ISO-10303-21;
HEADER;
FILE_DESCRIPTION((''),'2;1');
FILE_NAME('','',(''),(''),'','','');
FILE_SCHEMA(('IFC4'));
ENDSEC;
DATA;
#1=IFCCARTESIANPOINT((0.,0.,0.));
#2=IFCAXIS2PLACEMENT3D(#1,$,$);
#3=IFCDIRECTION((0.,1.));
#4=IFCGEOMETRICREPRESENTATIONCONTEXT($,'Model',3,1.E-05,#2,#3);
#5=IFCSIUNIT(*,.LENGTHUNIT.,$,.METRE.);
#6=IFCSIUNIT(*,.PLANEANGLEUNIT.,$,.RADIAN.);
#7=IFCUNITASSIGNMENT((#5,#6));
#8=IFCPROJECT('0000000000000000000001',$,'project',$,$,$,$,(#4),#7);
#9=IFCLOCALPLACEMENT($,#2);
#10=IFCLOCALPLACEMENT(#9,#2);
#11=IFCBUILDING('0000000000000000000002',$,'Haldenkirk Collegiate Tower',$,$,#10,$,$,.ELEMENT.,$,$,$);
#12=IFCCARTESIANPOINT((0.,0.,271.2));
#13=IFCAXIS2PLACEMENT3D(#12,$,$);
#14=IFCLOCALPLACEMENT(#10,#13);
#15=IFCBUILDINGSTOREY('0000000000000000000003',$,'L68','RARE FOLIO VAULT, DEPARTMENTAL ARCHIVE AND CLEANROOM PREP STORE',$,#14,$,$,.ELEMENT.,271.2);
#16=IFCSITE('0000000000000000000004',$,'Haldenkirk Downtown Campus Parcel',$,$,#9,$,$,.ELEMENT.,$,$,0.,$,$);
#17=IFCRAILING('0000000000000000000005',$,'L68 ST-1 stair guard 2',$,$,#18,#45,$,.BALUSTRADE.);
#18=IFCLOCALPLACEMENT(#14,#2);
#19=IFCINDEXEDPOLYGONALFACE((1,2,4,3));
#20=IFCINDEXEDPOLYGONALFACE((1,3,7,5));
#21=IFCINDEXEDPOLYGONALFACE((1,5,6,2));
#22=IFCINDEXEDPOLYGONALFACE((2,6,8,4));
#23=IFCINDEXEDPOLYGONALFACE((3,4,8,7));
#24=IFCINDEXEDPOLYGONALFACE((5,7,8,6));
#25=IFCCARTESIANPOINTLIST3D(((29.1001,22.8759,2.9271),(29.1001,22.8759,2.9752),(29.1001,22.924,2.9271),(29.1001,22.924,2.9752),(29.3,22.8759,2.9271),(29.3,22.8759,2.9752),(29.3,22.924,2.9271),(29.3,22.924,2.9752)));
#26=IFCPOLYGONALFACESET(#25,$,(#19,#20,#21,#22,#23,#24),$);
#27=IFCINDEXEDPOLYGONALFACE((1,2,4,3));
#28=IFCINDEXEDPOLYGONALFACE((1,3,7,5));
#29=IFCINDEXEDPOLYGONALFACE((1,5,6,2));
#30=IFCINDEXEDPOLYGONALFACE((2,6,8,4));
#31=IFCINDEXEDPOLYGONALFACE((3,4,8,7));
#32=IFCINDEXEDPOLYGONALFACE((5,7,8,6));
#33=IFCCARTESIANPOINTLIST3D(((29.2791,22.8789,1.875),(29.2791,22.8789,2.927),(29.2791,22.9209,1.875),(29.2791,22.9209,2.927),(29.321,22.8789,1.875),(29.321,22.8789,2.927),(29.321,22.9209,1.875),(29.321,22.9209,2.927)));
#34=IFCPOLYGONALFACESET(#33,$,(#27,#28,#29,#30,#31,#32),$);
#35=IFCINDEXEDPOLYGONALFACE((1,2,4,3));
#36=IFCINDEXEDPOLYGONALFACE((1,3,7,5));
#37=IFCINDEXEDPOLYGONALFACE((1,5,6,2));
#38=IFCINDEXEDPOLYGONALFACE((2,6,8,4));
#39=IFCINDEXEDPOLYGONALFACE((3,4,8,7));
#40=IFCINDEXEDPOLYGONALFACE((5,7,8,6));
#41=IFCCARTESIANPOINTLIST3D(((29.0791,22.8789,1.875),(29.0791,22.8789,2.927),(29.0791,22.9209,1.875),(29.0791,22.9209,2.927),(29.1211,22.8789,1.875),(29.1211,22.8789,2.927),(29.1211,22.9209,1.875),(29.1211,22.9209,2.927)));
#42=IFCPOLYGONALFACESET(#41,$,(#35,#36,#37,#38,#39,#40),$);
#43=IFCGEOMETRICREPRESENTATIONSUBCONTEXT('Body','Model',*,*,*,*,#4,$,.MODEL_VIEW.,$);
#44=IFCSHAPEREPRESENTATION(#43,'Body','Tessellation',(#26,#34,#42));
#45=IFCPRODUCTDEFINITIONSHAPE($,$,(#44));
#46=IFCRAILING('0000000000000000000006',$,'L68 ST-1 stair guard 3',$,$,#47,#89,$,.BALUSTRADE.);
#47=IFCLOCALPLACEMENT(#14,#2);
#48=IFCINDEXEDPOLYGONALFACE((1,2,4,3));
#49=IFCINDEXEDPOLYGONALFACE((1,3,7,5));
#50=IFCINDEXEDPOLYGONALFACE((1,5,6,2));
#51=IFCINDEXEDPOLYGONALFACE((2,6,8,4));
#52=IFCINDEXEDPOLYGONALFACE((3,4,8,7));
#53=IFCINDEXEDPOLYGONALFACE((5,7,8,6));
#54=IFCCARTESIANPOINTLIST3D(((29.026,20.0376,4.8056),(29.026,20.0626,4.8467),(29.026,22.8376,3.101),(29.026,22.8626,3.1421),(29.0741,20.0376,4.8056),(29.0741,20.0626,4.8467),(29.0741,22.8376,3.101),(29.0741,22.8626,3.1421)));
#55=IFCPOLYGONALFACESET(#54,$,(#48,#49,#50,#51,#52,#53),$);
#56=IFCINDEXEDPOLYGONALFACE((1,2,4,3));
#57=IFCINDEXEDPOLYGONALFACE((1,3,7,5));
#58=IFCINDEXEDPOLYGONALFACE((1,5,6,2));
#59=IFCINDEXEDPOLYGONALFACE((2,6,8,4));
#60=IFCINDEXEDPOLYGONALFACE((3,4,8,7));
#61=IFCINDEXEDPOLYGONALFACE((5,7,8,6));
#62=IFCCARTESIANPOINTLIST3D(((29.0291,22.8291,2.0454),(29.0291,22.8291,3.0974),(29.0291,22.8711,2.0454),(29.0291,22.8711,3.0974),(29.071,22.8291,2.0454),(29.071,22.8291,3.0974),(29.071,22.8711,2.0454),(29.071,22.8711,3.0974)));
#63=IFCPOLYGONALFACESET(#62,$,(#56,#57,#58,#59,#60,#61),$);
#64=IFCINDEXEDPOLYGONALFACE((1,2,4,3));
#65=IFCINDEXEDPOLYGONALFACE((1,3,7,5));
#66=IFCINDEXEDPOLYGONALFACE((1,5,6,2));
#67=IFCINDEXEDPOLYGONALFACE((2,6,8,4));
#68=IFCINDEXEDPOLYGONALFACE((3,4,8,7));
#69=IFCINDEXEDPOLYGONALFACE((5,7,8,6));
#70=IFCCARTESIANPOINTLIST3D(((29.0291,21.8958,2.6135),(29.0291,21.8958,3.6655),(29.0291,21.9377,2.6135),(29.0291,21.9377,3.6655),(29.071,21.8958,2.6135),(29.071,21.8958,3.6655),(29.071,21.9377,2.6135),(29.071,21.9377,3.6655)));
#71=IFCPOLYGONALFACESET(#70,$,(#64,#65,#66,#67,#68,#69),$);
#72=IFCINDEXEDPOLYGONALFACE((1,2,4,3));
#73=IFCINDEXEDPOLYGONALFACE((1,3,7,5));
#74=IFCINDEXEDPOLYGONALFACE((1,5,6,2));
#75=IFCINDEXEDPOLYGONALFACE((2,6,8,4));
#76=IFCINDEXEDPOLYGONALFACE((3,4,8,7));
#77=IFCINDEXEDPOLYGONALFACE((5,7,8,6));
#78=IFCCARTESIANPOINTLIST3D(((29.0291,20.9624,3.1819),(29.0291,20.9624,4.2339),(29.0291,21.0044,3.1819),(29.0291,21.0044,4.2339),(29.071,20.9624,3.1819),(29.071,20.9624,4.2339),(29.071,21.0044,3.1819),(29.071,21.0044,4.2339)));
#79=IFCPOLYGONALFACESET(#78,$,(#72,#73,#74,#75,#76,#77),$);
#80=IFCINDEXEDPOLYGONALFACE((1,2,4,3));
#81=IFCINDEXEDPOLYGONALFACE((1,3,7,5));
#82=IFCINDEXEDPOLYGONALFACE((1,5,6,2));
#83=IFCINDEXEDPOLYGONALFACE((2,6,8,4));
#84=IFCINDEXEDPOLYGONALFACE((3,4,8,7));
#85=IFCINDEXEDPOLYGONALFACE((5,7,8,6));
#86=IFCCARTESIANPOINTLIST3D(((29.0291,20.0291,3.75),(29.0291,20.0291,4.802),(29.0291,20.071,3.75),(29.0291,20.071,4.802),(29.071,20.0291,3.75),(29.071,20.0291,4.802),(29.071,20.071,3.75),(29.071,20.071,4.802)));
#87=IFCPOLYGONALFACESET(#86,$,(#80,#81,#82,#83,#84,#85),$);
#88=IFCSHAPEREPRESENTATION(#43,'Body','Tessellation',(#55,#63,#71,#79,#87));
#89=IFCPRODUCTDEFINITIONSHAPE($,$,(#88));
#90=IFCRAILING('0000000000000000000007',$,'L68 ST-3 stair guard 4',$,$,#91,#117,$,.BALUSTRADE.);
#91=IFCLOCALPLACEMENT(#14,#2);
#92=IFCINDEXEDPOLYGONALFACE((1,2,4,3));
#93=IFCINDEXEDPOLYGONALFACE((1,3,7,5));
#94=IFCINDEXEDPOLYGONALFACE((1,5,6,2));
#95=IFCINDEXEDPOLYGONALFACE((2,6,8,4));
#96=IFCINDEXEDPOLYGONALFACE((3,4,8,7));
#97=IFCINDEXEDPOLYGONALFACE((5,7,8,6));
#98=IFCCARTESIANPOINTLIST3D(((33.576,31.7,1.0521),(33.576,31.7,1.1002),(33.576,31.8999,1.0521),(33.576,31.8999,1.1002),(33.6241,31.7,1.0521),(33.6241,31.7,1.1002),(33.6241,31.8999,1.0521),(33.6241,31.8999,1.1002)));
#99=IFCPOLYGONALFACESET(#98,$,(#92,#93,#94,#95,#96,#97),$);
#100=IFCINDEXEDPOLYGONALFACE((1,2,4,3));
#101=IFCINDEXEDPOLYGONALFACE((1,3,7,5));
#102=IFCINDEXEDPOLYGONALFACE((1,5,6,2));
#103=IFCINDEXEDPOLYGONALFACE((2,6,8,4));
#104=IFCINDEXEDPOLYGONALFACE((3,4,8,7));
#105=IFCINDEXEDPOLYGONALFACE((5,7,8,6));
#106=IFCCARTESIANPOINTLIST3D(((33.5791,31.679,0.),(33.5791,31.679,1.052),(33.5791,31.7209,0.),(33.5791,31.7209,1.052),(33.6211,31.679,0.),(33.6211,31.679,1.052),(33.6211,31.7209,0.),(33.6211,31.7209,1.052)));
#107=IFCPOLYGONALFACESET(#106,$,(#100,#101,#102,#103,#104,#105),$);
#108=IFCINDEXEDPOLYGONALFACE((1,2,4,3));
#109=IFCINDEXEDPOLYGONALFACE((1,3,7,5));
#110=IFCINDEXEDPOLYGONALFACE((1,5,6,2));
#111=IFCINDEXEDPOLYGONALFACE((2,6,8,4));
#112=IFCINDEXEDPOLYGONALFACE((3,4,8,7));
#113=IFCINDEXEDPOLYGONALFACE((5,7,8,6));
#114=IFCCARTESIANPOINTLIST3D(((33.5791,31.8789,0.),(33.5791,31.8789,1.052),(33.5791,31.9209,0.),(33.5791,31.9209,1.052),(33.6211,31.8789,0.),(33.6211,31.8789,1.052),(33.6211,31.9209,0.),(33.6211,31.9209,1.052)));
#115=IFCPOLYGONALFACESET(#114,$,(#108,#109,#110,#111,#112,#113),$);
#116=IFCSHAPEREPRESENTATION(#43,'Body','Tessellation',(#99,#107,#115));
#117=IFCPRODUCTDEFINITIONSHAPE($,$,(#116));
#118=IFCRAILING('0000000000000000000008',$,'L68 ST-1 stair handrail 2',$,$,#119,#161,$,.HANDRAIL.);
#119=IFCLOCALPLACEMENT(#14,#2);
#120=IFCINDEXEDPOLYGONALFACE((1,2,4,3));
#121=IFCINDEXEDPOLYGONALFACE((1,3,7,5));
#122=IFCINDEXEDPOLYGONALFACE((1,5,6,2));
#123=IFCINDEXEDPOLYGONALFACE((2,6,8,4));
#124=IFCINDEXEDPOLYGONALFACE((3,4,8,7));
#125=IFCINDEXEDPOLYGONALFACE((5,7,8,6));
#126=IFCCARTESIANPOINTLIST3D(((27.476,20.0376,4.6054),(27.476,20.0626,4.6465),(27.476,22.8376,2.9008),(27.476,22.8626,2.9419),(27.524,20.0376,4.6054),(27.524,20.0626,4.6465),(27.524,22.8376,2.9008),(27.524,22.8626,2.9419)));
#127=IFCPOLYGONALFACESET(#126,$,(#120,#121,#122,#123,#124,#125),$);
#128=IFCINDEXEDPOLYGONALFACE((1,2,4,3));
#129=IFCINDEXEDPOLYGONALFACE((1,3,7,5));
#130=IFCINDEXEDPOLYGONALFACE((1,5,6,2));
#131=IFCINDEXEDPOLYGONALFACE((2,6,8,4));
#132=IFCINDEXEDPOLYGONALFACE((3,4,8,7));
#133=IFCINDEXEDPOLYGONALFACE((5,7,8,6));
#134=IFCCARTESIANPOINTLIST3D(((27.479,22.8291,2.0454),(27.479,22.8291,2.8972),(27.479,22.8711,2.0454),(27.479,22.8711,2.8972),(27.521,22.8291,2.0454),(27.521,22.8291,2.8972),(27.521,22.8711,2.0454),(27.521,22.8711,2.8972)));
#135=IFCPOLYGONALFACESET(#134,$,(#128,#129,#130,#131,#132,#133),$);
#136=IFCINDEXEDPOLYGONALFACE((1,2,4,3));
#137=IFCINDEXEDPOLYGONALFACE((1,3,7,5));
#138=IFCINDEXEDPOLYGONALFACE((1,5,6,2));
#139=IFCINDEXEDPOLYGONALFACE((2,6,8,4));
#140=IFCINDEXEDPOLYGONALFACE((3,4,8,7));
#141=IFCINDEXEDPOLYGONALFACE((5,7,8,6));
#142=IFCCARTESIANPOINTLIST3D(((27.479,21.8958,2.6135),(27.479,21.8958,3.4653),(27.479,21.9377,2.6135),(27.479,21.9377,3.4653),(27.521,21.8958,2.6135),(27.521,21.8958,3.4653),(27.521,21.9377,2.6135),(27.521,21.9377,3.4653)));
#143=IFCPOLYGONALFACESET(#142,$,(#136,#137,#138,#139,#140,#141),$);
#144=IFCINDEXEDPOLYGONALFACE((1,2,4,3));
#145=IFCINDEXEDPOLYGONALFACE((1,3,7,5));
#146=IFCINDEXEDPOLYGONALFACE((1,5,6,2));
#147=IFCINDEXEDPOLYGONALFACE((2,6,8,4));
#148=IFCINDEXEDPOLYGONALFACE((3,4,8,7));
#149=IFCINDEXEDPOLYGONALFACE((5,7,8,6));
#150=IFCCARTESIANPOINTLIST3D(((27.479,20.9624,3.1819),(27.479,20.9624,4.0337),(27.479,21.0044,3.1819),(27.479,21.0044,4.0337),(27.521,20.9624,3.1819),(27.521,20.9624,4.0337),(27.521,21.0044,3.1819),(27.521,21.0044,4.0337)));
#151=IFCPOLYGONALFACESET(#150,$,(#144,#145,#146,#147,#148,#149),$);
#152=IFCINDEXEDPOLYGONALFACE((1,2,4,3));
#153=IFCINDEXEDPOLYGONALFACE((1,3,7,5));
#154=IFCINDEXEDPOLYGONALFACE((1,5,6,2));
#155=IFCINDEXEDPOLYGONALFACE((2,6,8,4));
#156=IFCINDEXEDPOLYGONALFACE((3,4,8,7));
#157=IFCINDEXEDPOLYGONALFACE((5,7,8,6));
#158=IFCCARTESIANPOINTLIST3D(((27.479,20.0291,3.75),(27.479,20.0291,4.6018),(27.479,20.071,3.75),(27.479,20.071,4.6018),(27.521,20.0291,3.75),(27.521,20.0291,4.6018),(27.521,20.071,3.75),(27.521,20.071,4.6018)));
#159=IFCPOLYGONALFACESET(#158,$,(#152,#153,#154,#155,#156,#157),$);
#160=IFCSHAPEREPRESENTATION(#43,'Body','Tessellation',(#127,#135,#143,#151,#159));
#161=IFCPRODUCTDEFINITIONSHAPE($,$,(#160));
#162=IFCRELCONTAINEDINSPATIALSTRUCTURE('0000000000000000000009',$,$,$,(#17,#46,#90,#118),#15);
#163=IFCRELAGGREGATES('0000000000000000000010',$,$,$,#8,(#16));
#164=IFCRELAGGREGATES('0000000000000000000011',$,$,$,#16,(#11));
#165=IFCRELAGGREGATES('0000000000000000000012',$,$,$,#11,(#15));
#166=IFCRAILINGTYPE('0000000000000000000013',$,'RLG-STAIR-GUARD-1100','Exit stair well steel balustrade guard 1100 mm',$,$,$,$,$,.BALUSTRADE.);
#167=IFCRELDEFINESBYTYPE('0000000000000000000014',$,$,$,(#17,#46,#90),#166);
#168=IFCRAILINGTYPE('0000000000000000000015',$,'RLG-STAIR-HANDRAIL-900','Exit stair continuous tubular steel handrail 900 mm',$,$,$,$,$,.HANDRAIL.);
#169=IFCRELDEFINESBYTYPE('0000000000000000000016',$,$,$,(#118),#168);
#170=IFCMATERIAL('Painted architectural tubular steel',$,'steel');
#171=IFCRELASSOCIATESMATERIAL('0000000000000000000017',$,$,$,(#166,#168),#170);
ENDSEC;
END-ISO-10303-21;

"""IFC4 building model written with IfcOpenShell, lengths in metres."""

from ifc_helpers import new_model, si_unit, direction, frame, origin, origin_2d, place, context, subcontext, project, spatial, rectangle, extrude, material, type_object, element, save


model = new_model("IFC4")

# Units and contexts
model_context = context("Model", 3, precision=1e-05, world=origin(), true_north=direction((0.0, 1.0)))
body_context = subcontext(model_context, "Body", "Model", "MODEL_VIEW")
ifc_project = project(units=[si_unit("LENGTHUNIT", "METRE"), si_unit("PLANEANGLEUNIT", "RADIAN")], contexts=[model_context])

# Site, building, storey
site_placement = place(None, origin())
site = spatial("IfcSite", under=ifc_project, at=site_placement, Name="Haldenkirk Downtown Campus Parcel", CompositionType="ELEMENT", RefElevation=0.0)
building_placement = place(site_placement, origin())
building = spatial("IfcBuilding", under=site, at=building_placement, Name="Haldenkirk Collegiate Tower", CompositionType="ELEMENT")
storey_placement = place(building_placement, frame((0.0, 0.0, 271.2)))
storey = spatial("IfcBuildingStorey", under=building, at=storey_placement, Name="L68", Description="RARE FOLIO VAULT, DEPARTMENTAL ARCHIVE AND CLEANROOM PREP STORE", CompositionType="ELEMENT", Elevation=271.2)

# Railings
ifc_material_1 = material(Name="Painted architectural tubular steel", Category="steel")
railing_type_1 = type_object("IfcRailingType", Name="RLG-STAIR-GUARD-1100", Description="Exit stair well steel balustrade guard 1100 mm", PredefinedType="BALUSTRADE", material=ifc_material_1)
railing_1_placement = place(storey_placement, frame((29.3, 22.8999, 1.875)))
element("IfcRailing", 1, at=railing_1_placement, inside=storey, type_object=railing_type_1, Name="L68 ST-1 stair guard 2", PredefinedType="BALUSTRADE", context=body_context, shape_type="SweptSolid", body=[
    extrude(rectangle(XDim=0.0481, YDim=0.0481, at=origin_2d()), frame((0.0, 0.0, 1.0762), z_axis=(-1.0, 0.0, 0.0), x_axis=(0.0, -1.0, 0.0)), (0.0, 0.0, 1.0), 0.2),
    extrude(rectangle(XDim=0.042, YDim=0.042, at=origin_2d()), origin(), (0.0, 0.0, 1.0), 1.052),
    extrude(rectangle(XDim=0.042, YDim=0.042, at=origin_2d()), frame((-0.2, 0.0, 0.0)), (0.0, 0.0, 1.0), 1.052),
])
railing_2_placement = place(storey_placement, frame((29.05, 22.8501, 2.0454)))
element("IfcRailing", 2, at=railing_2_placement, inside=storey, type_object=railing_type_1, Name="L68 ST-1 stair guard 3", PredefinedType="BALUSTRADE", context=body_context, shape_type="SweptSolid", body=[
    extrude(rectangle(XDim=0.0481, YDim=0.0481, at=origin_2d()), frame((0.0, 0.0, 1.0762), z_axis=(0.0, -0.85417, 0.519994), x_axis=(1.0, 0.0, 0.0)), (0.0, 0.0, 1.0), 3.2781),
    extrude(rectangle(XDim=0.042, YDim=0.042, at=origin_2d()), origin(), (0.0, 0.0, 1.0), 1.052),
    extrude(rectangle(XDim=0.042, YDim=0.042, at=origin_2d()), frame((0.0, -0.9333, 0.5681)), (0.0, 0.0, 1.0), 1.052),
    extrude(rectangle(XDim=0.042, YDim=0.042, at=origin_2d()), frame((0.0, -1.8667, 1.1365)), (0.0, 0.0, 1.0), 1.052),
    extrude(rectangle(XDim=0.042, YDim=0.042, at=origin_2d()), frame((0.0, -2.8, 1.7046)), (0.0, 0.0, 1.0), 1.052),
])
railing_3_placement = place(storey_placement, frame((33.6001, 31.7, 0.0)))
element("IfcRailing", 3, at=railing_3_placement, inside=storey, type_object=railing_type_1, Name="L68 ST-3 stair guard 4", PredefinedType="BALUSTRADE", context=body_context, shape_type="SweptSolid", body=[
    extrude(rectangle(XDim=0.0481, YDim=0.0481, at=origin_2d()), frame((0.0, 0.0, 1.0762), z_axis=(0.0, 1.0, 0.0), x_axis=(-1.0, 0.0, 0.0)), (0.0, 0.0, 1.0), 0.2),
    extrude(rectangle(XDim=0.042, YDim=0.042, at=origin_2d()), origin(), (0.0, 0.0, 1.0), 1.052),
    extrude(rectangle(XDim=0.042, YDim=0.042, at=origin_2d()), frame((0.0, 0.2, 0.0)), (0.0, 0.0, 1.0), 1.052),
])
railing_type_2 = type_object("IfcRailingType", Name="RLG-STAIR-HANDRAIL-900", Description="Exit stair continuous tubular steel handrail 900 mm", PredefinedType="HANDRAIL", material=ifc_material_1)
railing_4_placement = place(storey_placement, frame((27.5, 22.8501, 2.0454)))
element("IfcRailing", 4, at=railing_4_placement, inside=storey, type_object=railing_type_2, Name="L68 ST-1 stair handrail 2", PredefinedType="HANDRAIL", context=body_context, shape_type="SweptSolid", body=[
    extrude(rectangle(XDim=0.0481, YDim=0.0481, at=origin_2d()), frame((0.0, 0.0, 0.876), z_axis=(0.0, -0.85417, 0.519994), x_axis=(1.0, 0.0, 0.0)), (0.0, 0.0, 1.0), 3.2781),
    extrude(rectangle(XDim=0.042, YDim=0.042, at=origin_2d()), origin(), (0.0, 0.0, 1.0), 0.8518),
    extrude(rectangle(XDim=0.042, YDim=0.042, at=origin_2d()), frame((0.0, -0.9333, 0.5681)), (0.0, 0.0, 1.0), 0.8518),
    extrude(rectangle(XDim=0.042, YDim=0.042, at=origin_2d()), frame((0.0, -1.8667, 1.1365)), (0.0, 0.0, 1.0), 0.8518),
    extrude(rectangle(XDim=0.042, YDim=0.042, at=origin_2d()), frame((0.0, -2.8, 1.7046)), (0.0, 0.0, 1.0), 0.8518),
])

save(model, "model.ifc")
